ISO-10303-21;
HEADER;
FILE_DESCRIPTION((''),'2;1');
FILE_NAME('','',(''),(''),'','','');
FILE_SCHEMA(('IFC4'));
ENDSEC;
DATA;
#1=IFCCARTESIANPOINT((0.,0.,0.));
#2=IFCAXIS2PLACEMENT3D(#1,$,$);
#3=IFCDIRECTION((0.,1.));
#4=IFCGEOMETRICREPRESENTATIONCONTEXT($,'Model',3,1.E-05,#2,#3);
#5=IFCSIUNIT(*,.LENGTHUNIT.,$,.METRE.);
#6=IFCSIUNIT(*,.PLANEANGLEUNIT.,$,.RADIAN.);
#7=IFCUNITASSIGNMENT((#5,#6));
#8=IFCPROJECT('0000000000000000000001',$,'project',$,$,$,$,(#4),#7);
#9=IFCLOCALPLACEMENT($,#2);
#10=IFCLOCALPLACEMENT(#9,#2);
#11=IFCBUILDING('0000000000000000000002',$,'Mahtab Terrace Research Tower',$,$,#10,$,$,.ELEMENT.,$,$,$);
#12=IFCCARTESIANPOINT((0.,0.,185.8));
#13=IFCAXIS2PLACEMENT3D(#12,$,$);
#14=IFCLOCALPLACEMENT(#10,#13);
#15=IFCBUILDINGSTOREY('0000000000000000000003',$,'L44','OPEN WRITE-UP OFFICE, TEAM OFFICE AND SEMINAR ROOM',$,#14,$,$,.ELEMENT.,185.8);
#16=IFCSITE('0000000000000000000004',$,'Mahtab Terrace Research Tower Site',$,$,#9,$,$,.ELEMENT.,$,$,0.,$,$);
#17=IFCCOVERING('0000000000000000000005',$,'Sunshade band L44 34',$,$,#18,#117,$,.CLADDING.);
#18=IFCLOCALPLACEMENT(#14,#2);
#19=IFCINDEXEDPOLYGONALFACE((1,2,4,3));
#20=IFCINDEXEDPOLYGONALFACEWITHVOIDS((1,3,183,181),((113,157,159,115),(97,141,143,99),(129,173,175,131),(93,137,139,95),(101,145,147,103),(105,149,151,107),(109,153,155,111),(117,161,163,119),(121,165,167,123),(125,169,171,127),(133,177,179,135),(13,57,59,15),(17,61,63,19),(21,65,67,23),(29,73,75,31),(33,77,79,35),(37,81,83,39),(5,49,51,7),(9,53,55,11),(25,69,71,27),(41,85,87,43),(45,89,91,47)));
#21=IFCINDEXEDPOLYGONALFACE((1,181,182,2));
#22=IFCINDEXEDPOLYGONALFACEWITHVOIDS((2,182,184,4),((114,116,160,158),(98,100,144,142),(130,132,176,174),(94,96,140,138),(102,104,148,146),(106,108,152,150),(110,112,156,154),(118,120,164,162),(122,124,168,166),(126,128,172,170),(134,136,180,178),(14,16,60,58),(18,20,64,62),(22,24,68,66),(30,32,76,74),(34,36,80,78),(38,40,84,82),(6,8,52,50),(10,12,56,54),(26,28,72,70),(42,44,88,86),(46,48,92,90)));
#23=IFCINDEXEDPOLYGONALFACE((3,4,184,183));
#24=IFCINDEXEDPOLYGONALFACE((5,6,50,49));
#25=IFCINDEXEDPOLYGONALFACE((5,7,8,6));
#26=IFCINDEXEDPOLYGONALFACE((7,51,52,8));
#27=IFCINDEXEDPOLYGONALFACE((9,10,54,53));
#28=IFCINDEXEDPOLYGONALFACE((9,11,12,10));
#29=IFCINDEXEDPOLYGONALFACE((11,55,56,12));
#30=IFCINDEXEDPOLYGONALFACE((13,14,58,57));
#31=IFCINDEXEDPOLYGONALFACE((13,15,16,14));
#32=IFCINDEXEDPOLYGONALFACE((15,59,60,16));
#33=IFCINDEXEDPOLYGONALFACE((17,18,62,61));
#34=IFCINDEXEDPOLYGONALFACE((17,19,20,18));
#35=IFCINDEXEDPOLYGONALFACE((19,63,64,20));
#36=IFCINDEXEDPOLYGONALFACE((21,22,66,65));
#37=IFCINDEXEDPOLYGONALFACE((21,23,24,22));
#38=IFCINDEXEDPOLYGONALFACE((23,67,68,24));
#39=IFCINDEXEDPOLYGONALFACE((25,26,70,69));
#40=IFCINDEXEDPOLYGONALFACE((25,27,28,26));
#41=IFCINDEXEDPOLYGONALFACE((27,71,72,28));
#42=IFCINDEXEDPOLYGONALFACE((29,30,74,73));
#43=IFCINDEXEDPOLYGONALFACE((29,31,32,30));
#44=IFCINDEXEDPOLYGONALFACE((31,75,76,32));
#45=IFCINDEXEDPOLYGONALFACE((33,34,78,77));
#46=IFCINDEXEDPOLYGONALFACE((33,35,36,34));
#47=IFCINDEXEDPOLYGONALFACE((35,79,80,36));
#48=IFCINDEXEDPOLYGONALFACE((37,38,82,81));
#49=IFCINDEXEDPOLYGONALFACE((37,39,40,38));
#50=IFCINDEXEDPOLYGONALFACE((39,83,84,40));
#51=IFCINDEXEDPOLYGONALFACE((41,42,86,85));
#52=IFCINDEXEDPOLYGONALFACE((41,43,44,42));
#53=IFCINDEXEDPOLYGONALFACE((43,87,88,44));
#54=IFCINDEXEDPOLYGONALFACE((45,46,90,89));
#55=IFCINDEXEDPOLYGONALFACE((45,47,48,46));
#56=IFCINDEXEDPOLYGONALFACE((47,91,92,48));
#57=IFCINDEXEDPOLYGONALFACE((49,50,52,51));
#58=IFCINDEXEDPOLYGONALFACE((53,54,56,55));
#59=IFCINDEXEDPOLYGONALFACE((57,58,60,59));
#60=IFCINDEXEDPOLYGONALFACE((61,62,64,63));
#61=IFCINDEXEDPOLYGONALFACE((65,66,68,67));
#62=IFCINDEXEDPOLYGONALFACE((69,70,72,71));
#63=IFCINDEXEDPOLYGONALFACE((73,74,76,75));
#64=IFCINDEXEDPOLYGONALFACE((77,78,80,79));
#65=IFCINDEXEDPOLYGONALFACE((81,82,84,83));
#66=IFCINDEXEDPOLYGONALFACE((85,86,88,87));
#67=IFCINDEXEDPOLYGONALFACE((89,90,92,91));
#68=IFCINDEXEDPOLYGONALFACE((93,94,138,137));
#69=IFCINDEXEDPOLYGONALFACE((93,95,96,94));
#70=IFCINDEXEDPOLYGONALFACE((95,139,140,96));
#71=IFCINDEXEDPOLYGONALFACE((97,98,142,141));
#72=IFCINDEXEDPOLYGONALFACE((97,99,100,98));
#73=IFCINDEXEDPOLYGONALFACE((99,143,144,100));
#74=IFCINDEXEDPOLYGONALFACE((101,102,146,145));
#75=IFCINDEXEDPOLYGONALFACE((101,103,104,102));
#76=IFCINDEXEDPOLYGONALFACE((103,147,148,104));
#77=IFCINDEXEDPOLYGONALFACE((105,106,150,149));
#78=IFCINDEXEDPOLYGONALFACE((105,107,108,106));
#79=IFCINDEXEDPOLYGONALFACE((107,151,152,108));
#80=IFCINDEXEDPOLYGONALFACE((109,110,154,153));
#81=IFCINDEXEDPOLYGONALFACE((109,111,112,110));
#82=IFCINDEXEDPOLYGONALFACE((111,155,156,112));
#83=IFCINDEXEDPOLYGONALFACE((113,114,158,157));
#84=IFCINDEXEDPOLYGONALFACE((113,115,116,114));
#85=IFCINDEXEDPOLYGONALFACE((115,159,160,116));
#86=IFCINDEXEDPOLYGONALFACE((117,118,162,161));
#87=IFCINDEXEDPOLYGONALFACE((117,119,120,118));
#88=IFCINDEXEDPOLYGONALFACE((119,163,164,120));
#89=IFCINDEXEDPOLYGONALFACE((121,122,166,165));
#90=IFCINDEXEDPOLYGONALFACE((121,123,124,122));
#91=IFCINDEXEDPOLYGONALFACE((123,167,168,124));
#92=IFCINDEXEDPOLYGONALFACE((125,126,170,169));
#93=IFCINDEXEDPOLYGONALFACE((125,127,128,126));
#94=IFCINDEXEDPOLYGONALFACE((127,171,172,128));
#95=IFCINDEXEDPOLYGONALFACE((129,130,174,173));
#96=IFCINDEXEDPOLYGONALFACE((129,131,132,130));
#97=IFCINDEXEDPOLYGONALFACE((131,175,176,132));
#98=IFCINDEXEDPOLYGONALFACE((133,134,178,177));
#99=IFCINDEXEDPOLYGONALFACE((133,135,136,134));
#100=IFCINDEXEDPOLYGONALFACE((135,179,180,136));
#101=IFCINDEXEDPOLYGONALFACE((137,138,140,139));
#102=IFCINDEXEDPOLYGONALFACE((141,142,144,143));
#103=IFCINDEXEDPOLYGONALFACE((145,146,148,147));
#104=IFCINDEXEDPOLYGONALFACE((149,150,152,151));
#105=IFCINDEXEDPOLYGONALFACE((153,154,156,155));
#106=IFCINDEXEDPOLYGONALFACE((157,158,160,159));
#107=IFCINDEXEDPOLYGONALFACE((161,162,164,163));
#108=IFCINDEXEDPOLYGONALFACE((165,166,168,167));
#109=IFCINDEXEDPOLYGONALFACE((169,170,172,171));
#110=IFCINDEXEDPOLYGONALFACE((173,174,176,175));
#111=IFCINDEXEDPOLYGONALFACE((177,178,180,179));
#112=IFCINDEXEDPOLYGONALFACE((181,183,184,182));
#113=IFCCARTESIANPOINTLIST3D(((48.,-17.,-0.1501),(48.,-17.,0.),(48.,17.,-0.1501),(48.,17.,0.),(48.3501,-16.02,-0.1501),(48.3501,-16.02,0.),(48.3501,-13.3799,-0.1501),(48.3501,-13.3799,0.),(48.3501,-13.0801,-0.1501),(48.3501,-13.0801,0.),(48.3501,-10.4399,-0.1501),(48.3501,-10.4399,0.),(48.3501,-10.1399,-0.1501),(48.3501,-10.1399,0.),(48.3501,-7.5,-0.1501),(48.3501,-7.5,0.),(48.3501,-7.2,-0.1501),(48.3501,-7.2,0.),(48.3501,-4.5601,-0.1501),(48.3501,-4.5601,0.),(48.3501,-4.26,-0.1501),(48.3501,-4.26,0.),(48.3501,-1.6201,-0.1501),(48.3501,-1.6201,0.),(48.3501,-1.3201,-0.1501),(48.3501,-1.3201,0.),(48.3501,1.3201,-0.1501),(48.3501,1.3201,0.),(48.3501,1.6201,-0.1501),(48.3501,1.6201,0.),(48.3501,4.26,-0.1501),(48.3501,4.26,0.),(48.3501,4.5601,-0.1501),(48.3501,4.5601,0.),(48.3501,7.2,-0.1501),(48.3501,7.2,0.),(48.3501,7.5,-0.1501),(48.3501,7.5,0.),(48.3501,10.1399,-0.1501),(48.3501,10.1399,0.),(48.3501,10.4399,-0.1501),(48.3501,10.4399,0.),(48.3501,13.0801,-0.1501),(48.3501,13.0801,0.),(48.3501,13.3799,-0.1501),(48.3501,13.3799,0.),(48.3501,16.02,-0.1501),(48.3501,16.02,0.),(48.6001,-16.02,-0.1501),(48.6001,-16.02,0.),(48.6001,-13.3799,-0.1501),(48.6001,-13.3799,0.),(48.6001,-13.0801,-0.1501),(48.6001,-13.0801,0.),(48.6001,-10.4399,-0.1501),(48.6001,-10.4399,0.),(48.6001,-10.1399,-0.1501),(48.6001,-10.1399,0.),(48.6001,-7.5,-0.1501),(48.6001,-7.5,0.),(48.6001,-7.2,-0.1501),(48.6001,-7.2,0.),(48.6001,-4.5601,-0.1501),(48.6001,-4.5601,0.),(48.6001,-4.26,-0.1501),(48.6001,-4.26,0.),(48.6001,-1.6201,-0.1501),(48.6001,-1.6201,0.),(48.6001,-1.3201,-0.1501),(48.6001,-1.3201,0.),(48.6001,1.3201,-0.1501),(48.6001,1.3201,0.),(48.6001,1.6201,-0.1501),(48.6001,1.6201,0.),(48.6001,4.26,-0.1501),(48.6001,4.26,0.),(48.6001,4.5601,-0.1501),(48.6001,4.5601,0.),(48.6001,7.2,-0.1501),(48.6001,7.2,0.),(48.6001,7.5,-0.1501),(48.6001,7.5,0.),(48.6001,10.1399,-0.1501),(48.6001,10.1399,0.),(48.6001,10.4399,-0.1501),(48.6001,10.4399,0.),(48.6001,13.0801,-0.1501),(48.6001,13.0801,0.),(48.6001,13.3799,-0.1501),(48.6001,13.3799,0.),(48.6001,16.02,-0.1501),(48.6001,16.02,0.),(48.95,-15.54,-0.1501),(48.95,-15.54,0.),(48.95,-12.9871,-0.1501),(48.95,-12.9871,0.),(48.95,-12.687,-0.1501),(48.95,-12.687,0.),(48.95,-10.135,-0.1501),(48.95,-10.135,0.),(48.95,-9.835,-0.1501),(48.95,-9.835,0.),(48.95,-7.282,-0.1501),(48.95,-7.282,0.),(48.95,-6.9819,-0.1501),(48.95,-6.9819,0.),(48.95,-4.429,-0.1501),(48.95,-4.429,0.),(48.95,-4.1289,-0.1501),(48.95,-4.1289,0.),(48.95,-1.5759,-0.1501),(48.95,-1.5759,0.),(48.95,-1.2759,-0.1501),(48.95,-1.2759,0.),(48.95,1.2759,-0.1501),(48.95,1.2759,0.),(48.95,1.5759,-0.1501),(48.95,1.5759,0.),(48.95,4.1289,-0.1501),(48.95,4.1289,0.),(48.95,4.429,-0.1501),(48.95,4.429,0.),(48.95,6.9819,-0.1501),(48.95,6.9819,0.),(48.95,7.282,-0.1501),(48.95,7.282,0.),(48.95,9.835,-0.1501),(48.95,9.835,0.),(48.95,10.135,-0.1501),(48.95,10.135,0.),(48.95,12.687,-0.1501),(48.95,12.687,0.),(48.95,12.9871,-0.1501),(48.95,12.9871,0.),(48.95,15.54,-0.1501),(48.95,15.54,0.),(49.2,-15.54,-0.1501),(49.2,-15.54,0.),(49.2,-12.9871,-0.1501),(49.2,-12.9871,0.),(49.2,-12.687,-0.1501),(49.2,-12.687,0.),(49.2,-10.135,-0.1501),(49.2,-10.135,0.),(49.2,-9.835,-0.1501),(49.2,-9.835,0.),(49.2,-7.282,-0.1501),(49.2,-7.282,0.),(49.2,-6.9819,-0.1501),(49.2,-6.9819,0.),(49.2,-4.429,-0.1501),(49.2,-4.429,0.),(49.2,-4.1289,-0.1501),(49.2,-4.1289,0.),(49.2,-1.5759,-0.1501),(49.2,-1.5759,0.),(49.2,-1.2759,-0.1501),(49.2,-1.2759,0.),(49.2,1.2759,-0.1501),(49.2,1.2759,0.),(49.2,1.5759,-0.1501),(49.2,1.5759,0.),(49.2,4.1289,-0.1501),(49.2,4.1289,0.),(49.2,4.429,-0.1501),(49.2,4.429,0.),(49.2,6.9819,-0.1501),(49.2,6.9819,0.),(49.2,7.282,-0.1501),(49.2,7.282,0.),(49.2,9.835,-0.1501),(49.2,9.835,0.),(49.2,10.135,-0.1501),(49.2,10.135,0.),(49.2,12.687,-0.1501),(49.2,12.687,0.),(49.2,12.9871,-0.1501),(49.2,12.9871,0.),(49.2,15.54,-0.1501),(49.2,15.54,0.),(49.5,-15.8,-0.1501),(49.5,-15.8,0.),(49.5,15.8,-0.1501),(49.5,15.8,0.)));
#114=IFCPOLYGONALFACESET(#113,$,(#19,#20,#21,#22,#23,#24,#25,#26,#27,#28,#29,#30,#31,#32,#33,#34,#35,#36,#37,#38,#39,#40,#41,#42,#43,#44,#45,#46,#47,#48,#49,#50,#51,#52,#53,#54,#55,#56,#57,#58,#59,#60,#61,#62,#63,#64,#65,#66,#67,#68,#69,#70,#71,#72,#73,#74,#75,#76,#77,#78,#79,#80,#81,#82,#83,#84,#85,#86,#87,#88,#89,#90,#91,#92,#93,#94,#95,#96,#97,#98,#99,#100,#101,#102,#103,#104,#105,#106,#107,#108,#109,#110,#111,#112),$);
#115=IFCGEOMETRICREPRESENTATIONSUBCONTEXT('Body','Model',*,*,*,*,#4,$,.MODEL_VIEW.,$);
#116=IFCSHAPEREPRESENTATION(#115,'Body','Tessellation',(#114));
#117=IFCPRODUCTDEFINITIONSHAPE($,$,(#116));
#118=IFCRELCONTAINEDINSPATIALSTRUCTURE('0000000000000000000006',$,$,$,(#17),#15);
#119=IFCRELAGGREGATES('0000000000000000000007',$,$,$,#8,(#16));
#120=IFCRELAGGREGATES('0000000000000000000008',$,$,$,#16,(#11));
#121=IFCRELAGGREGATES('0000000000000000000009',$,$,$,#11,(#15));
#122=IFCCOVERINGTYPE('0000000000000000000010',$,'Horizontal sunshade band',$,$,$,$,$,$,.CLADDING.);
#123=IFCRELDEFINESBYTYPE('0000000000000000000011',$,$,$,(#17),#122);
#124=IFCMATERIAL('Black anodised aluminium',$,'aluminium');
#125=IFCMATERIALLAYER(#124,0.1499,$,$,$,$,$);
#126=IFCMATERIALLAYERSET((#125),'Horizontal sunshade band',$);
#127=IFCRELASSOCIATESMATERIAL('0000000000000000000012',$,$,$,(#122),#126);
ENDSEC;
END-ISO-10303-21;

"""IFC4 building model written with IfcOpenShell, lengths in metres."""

from ifc_helpers import new_model, si_unit, direction, frame, origin, place, context, subcontext, project, spatial, polyline, outline, extrude, material, layer, layer_set, type_object, element, save


model = new_model("IFC4")

# Units and contexts
model_context = context("Model", 3, precision=1e-05, world=origin(), true_north=direction((0.0, 1.0)))
body_context = subcontext(model_context, "Body", "Model", "MODEL_VIEW")
ifc_project = project(units=[si_unit("LENGTHUNIT", "METRE"), si_unit("PLANEANGLEUNIT", "RADIAN")], contexts=[model_context])

# Site, building, storey
site_placement = place(None, origin())
site = spatial("IfcSite", under=ifc_project, at=site_placement, Name="Mahtab Terrace Research Tower Site", CompositionType="ELEMENT", RefElevation=0.0)
building_placement = place(site_placement, origin())
building = spatial("IfcBuilding", under=site, at=building_placement, Name="Mahtab Terrace Research Tower", CompositionType="ELEMENT")
storey_placement = place(building_placement, frame((0.0, 0.0, 185.8)))
storey = spatial("IfcBuildingStorey", under=building, at=storey_placement, Name="L44", Description="OPEN WRITE-UP OFFICE, TEAM OFFICE AND SEMINAR ROOM", CompositionType="ELEMENT", Elevation=185.8)

# Covering
ifc_material_1 = material(Name="Black anodised aluminium", Category="aluminium")
ifc_layer_1 = layer(ifc_material_1, 0.1499)
ifc_layer_set_1 = layer_set([ifc_layer_1], Name="Horizontal sunshade band")
covering_type = type_object("IfcCoveringType", Name="Horizontal sunshade band", PredefinedType="CLADDING", material=ifc_layer_set_1)
covering_1_placement = place(storey_placement, frame((0.0, 0.0, -0.1501)))
element("IfcCovering", 1, at=covering_1_placement, inside=storey, type_object=covering_type, Name="Sunshade band L44 34", PredefinedType="CLADDING", context=body_context, shape_type="SweptSolid", body=[
    extrude(outline(polyline([(48.0, -17.0), (48.0, 17.0), (49.5, 15.8), (49.5, -15.8), (48.0, -17.0)]), holes=[polyline([(48.3501, -16.02), (48.3501, -13.3799), (48.6001, -13.3799), (48.6001, -16.02), (48.3501, -16.02)]), polyline([(48.3501, -13.0801), (48.3501, -10.4399), (48.6001, -10.4399), (48.6001, -13.0801), (48.3501, -13.0801)]), polyline([(48.3501, -10.1399), (48.3501, -7.5), (48.6001, -7.5), (48.6001, -10.1399), (48.3501, -10.1399)]), polyline([(48.3501, -7.2), (48.3501, -4.5601), (48.6001, -4.5601), (48.6001, -7.2), (48.3501, -7.2)]), polyline([(48.3501, -4.26), (48.3501, -1.6201), (48.6001, -1.6201), (48.6001, -4.26), (48.3501, -4.26)]), polyline([(48.3501, -1.3201), (48.3501, 1.3201), (48.6001, 1.3201), (48.6001, -1.3201), (48.3501, -1.3201)]), polyline([(48.3501, 1.6201), (48.3501, 4.26), (48.6001, 4.26), (48.6001, 1.6201), (48.3501, 1.6201)]), polyline([(48.3501, 4.5601), (48.3501, 7.2), (48.6001, 7.2), (48.6001, 4.5601), (48.3501, 4.5601)]), polyline([(48.3501, 7.5), (48.3501, 10.1399), (48.6001, 10.1399), (48.6001, 7.5), (48.3501, 7.5)]), polyline([(48.3501, 10.4399), (48.3501, 13.0801), (48.6001, 13.0801), (48.6001, 10.4399), (48.3501, 10.4399)]), polyline([(48.3501, 13.3799), (48.3501, 16.02), (48.6001, 16.02), (48.6001, 13.3799), (48.3501, 13.3799)]), polyline([(48.95, -15.54), (48.95, -12.9871), (49.2, -12.9871), (49.2, -15.54), (48.95, -15.54)]), polyline([(48.95, -12.687), (48.95, -10.135), (49.2, -10.135), (49.2, -12.687), (48.95, -12.687)]), polyline([(48.95, -9.835), (48.95, -7.282), (49.2, -7.282), (49.2, -9.835), (48.95, -9.835)]), polyline([(48.95, -6.9819), (48.95, -4.429), (49.2, -4.429), (49.2, -6.9819), (48.95, -6.9819)]), polyline([(48.95, -4.1289), (48.95, -1.5759), (49.2, -1.5759), (49.2, -4.1289), (48.95, -4.1289)]), polyline([(48.95, -1.2759), (48.95, 1.2759), (49.2, 1.2759), (49.2, -1.2759), (48.95, -1.2759)]), polyline([(48.95, 1.5759), (48.95, 4.1289), (49.2, 4.1289), (49.2, 1.5759), (48.95, 1.5759)]), polyline([(48.95, 4.429), (48.95, 6.9819), (49.2, 6.9819), (49.2, 4.429), (48.95, 4.429)]), polyline([(48.95, 7.282), (48.95, 9.835), (49.2, 9.835), (49.2, 7.282), (48.95, 7.282)]), polyline([(48.95, 10.135), (48.95, 12.687), (49.2, 12.687), (49.2, 10.135), (48.95, 10.135)]), polyline([(48.95, 12.9871), (48.95, 15.54), (49.2, 15.54), (49.2, 12.9871), (48.95, 12.9871)])]), origin(), (0.0, 0.0, 1.0), 0.1501),
])

save(model, "model.ifc")
